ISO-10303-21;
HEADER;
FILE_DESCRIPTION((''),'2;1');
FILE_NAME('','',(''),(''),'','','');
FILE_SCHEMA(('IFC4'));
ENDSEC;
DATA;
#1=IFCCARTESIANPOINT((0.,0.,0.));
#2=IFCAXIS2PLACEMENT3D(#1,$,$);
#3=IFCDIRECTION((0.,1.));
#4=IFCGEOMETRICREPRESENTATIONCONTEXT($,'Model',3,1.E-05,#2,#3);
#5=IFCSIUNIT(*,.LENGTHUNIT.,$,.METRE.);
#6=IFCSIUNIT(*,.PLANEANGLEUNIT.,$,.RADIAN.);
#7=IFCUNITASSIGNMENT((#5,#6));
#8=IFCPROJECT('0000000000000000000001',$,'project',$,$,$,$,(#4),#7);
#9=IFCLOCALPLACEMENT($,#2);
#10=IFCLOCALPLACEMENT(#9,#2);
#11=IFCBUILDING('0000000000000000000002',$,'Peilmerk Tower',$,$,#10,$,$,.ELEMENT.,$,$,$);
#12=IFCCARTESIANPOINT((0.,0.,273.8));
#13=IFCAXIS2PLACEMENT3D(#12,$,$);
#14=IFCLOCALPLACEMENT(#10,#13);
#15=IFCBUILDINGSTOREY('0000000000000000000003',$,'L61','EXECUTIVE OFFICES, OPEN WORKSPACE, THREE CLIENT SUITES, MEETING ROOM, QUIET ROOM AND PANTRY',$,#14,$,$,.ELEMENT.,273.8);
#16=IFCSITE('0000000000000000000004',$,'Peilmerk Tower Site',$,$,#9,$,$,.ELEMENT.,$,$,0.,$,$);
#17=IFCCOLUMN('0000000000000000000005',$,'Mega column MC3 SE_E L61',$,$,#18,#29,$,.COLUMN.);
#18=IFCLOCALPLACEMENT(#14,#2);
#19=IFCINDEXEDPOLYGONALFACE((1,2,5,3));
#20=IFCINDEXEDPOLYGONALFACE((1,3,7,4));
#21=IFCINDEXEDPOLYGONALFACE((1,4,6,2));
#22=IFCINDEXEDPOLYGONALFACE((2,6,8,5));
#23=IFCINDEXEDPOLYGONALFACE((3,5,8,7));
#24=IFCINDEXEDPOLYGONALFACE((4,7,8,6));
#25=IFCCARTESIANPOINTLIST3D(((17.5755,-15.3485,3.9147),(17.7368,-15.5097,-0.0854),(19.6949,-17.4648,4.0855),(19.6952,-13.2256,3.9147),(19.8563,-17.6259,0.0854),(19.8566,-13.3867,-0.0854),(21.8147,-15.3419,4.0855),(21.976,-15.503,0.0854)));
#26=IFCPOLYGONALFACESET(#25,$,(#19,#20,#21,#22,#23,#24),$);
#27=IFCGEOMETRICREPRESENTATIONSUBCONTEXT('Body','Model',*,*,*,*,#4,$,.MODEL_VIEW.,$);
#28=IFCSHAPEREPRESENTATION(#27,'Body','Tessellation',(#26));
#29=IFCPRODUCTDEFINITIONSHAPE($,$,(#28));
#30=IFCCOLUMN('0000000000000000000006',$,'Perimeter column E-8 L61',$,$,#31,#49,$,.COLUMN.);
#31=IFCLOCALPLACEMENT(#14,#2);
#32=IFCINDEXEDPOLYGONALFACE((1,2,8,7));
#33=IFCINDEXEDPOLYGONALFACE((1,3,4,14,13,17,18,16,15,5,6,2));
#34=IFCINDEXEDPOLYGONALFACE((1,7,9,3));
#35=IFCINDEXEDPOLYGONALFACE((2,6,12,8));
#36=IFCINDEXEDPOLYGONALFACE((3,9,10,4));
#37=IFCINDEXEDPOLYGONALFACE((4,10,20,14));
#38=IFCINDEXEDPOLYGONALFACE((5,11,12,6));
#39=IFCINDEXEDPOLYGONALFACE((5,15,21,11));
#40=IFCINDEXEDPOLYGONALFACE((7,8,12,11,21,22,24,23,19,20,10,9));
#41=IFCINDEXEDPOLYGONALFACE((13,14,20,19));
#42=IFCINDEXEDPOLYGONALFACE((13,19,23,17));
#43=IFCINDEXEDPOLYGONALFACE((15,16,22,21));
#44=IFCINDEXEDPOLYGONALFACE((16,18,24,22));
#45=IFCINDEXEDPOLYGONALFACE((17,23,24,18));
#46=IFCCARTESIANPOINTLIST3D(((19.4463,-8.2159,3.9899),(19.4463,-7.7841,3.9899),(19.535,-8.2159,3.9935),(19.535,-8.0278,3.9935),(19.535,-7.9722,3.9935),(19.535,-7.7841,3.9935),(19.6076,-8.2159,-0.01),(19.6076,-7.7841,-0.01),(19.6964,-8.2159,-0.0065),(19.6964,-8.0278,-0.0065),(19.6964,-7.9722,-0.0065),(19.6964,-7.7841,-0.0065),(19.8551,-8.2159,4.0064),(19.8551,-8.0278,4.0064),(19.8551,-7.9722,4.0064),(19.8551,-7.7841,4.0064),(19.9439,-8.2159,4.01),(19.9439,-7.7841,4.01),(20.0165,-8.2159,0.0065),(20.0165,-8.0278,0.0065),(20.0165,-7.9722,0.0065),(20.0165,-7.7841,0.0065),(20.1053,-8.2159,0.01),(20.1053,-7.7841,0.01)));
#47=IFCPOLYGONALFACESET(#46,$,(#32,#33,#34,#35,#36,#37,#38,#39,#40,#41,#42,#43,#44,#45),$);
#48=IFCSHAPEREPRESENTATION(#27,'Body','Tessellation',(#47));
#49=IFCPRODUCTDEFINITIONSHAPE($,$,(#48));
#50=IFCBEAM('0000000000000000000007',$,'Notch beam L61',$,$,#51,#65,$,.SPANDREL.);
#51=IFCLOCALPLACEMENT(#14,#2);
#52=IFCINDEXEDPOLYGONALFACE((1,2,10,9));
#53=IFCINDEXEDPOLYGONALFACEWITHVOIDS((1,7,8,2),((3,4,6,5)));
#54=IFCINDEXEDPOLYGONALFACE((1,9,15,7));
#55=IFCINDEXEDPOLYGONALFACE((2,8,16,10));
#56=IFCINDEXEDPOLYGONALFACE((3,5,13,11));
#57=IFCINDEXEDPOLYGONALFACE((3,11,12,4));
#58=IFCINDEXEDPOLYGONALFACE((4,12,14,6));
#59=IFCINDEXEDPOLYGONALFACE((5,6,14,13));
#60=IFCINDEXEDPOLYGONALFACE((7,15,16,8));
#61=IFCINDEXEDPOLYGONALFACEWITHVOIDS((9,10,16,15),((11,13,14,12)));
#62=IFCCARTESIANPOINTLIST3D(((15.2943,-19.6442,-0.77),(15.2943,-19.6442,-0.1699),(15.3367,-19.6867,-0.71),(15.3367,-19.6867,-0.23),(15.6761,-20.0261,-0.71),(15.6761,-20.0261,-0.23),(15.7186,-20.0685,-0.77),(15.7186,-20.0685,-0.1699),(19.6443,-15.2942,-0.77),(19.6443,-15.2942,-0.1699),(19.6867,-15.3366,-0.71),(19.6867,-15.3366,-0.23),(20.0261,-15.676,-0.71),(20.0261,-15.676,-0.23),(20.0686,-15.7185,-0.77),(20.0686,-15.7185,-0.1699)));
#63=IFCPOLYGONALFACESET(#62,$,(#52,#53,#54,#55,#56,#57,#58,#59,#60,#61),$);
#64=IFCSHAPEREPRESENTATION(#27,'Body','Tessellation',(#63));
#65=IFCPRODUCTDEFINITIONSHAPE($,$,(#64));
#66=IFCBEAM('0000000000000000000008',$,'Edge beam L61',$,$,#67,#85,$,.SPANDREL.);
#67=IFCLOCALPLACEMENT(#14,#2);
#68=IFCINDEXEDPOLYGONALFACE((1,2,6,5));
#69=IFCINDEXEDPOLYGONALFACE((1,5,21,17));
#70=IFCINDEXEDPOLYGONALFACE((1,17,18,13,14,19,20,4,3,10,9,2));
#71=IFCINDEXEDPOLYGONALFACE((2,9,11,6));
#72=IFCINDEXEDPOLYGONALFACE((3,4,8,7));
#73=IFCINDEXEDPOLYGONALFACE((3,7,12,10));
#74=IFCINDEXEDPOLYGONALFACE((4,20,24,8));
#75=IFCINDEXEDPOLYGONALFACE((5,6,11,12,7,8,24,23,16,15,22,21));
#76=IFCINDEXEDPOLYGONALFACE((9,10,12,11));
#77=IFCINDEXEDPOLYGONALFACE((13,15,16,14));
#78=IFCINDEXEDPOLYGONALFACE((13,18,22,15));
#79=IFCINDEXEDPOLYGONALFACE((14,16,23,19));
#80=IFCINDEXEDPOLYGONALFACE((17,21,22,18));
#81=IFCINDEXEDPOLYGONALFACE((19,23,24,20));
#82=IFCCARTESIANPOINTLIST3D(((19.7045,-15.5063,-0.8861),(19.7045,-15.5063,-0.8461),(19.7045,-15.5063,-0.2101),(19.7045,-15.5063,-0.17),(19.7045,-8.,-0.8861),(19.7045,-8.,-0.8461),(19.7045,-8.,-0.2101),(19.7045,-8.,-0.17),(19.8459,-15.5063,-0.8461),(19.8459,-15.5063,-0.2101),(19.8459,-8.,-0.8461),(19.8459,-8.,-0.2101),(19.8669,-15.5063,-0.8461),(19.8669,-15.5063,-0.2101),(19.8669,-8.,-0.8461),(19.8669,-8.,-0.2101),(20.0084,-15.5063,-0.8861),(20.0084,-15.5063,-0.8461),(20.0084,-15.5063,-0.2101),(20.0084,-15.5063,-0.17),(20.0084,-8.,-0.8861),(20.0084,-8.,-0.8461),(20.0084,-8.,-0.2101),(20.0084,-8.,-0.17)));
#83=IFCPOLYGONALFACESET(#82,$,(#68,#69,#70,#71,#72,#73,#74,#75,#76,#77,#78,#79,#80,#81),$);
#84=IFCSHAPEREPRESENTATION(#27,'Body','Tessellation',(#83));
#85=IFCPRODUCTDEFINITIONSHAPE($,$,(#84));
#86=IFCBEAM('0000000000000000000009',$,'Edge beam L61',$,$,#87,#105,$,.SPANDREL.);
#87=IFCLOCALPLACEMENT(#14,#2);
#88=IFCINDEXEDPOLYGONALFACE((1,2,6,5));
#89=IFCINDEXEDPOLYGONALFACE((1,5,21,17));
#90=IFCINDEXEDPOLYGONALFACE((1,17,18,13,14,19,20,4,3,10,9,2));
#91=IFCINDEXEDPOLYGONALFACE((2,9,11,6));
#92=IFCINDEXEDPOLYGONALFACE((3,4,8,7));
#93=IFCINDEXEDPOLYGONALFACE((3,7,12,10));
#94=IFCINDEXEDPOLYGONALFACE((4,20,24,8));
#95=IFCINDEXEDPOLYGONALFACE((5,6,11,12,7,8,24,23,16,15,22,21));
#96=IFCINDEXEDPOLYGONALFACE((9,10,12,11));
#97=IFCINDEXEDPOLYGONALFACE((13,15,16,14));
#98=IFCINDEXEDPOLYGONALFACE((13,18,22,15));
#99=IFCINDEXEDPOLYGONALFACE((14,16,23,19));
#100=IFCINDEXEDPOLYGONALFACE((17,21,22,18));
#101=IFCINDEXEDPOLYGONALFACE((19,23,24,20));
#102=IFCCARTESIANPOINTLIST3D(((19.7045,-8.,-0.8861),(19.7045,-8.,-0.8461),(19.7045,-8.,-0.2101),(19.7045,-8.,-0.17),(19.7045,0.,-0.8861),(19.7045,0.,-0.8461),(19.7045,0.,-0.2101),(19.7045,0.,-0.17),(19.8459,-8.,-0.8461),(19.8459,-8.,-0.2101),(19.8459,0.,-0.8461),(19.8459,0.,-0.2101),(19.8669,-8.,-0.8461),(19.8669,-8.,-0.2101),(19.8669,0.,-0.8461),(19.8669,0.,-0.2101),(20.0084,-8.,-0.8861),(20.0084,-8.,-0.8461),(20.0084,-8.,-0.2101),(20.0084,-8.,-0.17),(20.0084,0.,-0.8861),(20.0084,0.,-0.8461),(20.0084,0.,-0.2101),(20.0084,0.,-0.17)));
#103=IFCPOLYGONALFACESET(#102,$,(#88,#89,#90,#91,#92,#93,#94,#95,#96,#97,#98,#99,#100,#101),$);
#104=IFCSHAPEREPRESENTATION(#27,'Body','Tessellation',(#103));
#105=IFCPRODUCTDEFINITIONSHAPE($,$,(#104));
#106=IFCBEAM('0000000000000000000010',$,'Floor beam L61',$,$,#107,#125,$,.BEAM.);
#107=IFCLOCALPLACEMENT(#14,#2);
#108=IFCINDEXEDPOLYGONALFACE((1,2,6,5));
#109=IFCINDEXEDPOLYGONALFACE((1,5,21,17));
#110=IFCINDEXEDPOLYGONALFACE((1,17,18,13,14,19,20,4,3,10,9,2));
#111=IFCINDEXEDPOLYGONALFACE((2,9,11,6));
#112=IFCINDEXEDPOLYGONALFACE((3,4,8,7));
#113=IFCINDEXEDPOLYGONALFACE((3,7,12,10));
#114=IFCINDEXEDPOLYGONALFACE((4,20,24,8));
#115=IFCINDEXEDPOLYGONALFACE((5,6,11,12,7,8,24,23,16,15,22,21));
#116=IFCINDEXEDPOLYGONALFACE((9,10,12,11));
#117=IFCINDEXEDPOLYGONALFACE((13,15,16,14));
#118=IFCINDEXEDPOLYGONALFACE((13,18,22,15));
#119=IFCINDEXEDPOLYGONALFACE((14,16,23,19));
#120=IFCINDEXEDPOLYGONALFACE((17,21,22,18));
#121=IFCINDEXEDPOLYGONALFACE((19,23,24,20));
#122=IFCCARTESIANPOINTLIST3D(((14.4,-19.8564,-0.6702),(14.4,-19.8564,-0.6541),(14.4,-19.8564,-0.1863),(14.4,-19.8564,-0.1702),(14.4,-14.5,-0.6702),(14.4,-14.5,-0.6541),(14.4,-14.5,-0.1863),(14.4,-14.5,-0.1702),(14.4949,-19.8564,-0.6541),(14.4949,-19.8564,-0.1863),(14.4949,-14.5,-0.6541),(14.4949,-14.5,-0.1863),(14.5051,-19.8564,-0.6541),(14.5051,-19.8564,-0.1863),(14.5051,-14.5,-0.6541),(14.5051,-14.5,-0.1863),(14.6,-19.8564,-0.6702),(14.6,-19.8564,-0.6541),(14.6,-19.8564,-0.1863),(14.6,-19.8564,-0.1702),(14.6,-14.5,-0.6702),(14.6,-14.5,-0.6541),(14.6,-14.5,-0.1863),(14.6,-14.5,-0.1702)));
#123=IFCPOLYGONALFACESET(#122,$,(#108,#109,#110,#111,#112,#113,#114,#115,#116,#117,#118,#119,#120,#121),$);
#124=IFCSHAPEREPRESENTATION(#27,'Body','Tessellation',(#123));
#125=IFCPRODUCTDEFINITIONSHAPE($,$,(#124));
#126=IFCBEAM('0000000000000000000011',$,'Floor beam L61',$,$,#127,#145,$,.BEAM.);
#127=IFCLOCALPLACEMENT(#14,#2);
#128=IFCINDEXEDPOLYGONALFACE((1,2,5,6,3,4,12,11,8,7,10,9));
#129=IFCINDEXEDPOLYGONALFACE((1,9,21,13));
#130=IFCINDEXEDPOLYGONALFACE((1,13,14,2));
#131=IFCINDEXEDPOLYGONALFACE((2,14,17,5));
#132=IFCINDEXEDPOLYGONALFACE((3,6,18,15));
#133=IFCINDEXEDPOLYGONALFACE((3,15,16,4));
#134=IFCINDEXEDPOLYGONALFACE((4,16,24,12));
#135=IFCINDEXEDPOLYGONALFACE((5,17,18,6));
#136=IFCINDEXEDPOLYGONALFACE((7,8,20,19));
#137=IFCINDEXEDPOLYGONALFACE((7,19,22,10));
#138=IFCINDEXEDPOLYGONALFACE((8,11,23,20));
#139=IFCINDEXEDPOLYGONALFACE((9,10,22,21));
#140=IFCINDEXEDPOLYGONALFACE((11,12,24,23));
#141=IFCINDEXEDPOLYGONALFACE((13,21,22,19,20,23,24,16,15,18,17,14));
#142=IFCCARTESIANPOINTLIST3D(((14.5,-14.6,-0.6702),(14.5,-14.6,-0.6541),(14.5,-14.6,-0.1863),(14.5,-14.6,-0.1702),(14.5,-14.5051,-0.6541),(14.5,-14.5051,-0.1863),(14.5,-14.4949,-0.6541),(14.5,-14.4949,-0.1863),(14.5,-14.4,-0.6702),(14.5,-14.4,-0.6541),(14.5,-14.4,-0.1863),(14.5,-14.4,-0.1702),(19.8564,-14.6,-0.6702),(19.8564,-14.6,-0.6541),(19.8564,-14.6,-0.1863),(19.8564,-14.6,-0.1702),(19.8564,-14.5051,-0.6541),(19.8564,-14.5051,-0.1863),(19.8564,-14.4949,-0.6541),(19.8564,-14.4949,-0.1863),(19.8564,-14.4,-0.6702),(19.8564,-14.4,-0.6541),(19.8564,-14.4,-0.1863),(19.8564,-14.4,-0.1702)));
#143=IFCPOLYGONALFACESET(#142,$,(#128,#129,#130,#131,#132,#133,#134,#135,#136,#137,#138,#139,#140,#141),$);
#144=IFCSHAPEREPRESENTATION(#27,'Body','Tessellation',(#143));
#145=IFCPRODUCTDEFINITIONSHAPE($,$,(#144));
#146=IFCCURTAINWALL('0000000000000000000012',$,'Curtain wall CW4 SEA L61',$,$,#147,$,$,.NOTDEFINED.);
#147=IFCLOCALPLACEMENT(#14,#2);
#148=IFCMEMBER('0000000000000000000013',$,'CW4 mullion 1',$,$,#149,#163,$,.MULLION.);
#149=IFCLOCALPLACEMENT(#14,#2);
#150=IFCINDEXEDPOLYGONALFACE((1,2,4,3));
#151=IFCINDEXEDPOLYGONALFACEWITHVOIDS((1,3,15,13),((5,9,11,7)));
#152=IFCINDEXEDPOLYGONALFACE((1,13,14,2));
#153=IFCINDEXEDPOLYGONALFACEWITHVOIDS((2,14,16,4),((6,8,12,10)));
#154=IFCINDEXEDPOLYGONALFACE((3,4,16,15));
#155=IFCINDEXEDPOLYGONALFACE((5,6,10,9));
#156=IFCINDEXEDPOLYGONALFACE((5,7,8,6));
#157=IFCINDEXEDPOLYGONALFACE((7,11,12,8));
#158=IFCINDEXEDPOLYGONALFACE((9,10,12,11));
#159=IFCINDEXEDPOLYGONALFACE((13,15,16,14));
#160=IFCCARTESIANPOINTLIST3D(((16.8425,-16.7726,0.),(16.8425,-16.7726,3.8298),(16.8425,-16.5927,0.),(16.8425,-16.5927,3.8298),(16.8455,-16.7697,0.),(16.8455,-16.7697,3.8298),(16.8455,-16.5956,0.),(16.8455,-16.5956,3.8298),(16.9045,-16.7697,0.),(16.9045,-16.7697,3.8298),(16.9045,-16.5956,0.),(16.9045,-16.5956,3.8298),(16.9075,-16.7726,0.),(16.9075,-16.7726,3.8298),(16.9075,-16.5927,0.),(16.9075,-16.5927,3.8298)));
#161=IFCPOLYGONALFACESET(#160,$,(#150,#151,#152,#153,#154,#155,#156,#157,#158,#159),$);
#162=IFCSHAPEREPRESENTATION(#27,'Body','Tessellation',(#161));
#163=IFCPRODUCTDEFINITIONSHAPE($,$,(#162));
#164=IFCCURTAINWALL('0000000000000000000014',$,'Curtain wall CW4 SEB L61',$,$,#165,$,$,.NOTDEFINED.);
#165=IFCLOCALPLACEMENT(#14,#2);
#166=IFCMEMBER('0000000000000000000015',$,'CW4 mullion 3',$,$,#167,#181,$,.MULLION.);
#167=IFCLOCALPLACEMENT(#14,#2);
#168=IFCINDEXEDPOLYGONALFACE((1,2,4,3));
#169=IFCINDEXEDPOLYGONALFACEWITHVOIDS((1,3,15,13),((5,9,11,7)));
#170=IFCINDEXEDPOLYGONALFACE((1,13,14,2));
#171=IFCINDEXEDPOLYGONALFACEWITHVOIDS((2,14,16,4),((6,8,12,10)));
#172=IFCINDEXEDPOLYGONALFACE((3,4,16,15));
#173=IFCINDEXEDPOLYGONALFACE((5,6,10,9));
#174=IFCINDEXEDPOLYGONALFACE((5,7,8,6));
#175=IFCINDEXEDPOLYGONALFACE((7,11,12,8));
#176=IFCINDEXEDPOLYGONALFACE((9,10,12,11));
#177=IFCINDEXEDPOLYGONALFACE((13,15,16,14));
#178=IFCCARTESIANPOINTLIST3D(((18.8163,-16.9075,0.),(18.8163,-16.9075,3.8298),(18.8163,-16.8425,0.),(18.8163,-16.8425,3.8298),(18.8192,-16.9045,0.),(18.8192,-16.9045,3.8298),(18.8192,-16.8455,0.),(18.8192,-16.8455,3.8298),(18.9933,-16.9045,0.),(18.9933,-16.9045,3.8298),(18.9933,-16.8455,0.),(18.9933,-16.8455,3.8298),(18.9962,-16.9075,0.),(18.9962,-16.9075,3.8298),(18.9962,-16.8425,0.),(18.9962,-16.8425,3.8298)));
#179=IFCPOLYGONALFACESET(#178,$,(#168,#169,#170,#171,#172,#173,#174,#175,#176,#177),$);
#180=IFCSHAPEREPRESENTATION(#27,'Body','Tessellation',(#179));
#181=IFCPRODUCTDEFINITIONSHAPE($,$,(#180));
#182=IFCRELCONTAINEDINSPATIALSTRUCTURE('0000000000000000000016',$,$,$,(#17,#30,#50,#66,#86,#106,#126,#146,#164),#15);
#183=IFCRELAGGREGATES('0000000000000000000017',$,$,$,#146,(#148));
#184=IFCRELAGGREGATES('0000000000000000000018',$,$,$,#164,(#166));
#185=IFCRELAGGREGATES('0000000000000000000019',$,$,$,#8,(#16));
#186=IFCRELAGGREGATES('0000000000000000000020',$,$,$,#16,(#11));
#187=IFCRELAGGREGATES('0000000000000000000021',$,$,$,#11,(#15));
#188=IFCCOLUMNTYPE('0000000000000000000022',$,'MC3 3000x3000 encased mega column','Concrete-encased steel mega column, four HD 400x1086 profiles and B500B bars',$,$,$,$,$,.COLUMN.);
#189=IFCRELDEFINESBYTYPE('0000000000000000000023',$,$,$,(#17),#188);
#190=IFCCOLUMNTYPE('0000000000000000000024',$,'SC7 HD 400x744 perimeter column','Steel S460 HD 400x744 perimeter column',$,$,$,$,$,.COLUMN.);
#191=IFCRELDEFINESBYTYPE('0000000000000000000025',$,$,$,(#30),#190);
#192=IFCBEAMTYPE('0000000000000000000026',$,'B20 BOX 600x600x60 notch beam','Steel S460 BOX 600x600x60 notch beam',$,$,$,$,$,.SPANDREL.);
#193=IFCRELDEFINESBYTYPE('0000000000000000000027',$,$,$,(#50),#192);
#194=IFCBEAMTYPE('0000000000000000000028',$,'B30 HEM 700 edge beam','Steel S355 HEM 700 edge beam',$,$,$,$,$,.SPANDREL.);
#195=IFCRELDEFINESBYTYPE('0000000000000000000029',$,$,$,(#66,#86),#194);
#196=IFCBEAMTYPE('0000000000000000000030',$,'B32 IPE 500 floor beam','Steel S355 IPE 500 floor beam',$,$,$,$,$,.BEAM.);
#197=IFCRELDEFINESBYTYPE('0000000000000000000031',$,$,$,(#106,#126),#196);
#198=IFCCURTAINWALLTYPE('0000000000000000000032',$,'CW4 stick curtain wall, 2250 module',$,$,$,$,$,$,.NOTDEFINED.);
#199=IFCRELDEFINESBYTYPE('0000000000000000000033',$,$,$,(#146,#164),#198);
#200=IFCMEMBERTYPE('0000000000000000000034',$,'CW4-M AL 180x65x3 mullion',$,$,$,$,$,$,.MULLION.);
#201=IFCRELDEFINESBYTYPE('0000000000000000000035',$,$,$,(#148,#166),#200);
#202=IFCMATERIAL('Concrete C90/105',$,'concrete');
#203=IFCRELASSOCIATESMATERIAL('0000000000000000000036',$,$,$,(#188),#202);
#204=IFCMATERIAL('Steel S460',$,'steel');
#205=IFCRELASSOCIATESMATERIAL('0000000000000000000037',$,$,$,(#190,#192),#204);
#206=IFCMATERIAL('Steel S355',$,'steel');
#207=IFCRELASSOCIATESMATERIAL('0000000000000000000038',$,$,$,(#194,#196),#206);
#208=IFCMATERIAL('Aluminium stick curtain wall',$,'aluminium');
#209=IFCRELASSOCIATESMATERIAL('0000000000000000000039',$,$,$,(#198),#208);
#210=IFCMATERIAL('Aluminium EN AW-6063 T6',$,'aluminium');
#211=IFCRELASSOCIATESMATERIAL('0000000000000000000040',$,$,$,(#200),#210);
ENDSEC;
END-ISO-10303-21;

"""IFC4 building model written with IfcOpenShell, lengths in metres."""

from ifc_helpers import new_model, si_unit, direction, frame, origin, origin_2d, place, context, subcontext, project, spatial, rectangle, hollow_rectangle, i_section, extrude, material, material_profile, profile_set, type_object, element, aggregate, save


model = new_model("IFC4")

# Units and contexts
model_context = context("Model", 3, precision=1e-05, world=origin(), true_north=direction((0.0, 1.0)))
body_context = subcontext(model_context, "Body", "Model", "MODEL_VIEW")
ifc_project = project(units=[si_unit("LENGTHUNIT", "METRE"), si_unit("PLANEANGLEUNIT", "RADIAN")], contexts=[model_context])

# Site, building, storey
site_placement = place(None, origin())
site = spatial("IfcSite", under=ifc_project, at=site_placement, Name="Peilmerk Tower Site", CompositionType="ELEMENT", RefElevation=0.0)
building_placement = place(site_placement, origin())
building = spatial("IfcBuilding", under=site, at=building_placement, Name="Peilmerk Tower", CompositionType="ELEMENT")
storey_placement = place(building_placement, frame((0.0, 0.0, 273.8)))
storey = spatial("IfcBuildingStorey", under=building, at=storey_placement, Name="L61", Description="EXECUTIVE OFFICES, OPEN WORKSPACE, THREE CLIENT SUITES, MEETING ROOM, QUIET ROOM AND PANTRY", CompositionType="ELEMENT", Elevation=273.8)

# Columns
ifc_material_1 = material(Name="Concrete C90/105", Category="concrete")
ifc_material_profile_1 = material_profile(ifc_material_1, rectangle(XDim=3.0, YDim=3.0, at=origin_2d()), Name="RC 3000x3000")
ifc_profile_set_1 = profile_set([ifc_material_profile_1], Name="Concrete C90/105")
column_type_1 = type_object("IfcColumnType", Name="MC3 3000x3000 encased mega column", Description="Concrete-encased steel mega column, four HD 400x1086 profiles and B500B bars", PredefinedType="COLUMN", material=ifc_profile_set_1)
column_1_placement = place(storey_placement, frame((19.8564, -15.5063, 0.0), z_axis=(-0.040279, 0.040218, 0.998379), x_axis=(-0.706571, -0.707642, 0.0)))
element("IfcColumn", 1, at=column_1_placement, inside=storey, type_object=column_type_1, Name="Mega column MC3 SE_E L61", PredefinedType="COLUMN", context=body_context, shape_type="SweptSolid", body=[
    extrude(rectangle(XDim=3.0, YDim=3.0, at=origin_2d()), origin(), (0.0, 0.0, 1.0), 4.0066),
])
ifc_material_2 = material(Name="Steel S460", Category="steel")
ifc_material_profile_2 = material_profile(ifc_material_2, i_section(OverallWidth=0.4319, OverallDepth=0.498, WebThickness=0.0557, FlangeThickness=0.0889, at=origin_2d()), Name="HD 400x744")
ifc_profile_set_2 = profile_set([ifc_material_profile_2], Name="Steel S460")
column_type_2 = type_object("IfcColumnType", Name="SC7 HD 400x744 perimeter column", Description="Steel S460 HD 400x744 perimeter column", PredefinedType="COLUMN", material=ifc_profile_set_2)
column_2_placement = place(storey_placement, frame((19.8564, -8.0, 0.0), z_axis=(-0.040311, 0.0, 0.999187), x_axis=(0.0, -1.0, 0.0)))
element("IfcColumn", 2, at=column_2_placement, inside=storey, type_object=column_type_2, Name="Perimeter column E-8 L61", PredefinedType="COLUMN", context=body_context, shape_type="SweptSolid", body=[
    extrude(i_section(OverallWidth=0.4319, OverallDepth=0.498, WebThickness=0.0557, FlangeThickness=0.0889, at=origin_2d()), origin(), (0.0, 0.0, 1.0), 4.0032),
])

# Beams
ifc_material_profile_3 = material_profile(ifc_material_2, hollow_rectangle(XDim=0.6001, YDim=0.6001, WallThickness=0.0601, at=origin_2d()), Name="BOX 600x600x60")
ifc_profile_set_3 = profile_set([ifc_material_profile_3], Name="Steel S460")
beam_type_1 = type_object("IfcBeamType", Name="B20 BOX 600x600x60 notch beam", Description="Steel S460 BOX 600x600x60 notch beam", PredefinedType="SPANDREL", material=ifc_profile_set_3)
beam_1_placement = place(storey_placement, frame((19.8564, -15.5063, -0.47), z_axis=(-0.707107, -0.707107, 0.0), x_axis=(0.707107, -0.707107, 0.0)))
element("IfcBeam", 3, at=beam_1_placement, inside=storey, type_object=beam_type_1, Name="Notch beam L61", PredefinedType="SPANDREL", context=body_context, shape_type="SweptSolid", body=[
    extrude(hollow_rectangle(XDim=0.6001, YDim=0.6001, WallThickness=0.0601, at=origin_2d()), origin(), (0.0, 0.0, 1.0), 6.1519),
])
ifc_material_3 = material(Name="Steel S355", Category="steel")
ifc_material_profile_4 = material_profile(ifc_material_3, i_section(OverallWidth=0.304, OverallDepth=0.7161, WebThickness=0.021, FlangeThickness=0.04, at=origin_2d()), Name="HEM 700")
ifc_profile_set_4 = profile_set([ifc_material_profile_4], Name="Steel S355")
beam_type_2 = type_object("IfcBeamType", Name="B30 HEM 700 edge beam", Description="Steel S355 HEM 700 edge beam", PredefinedType="SPANDREL", material=ifc_profile_set_4)
beam_2_placement = place(storey_placement, frame((19.8564, -15.5063, -0.5281), z_axis=(0.0, 1.0, 0.0), x_axis=(-1.0, 0.0, 0.0)))
element("IfcBeam", 4, at=beam_2_placement, inside=storey, type_object=beam_type_2, Name="Edge beam L61", PredefinedType="SPANDREL", context=body_context, shape_type="SweptSolid", body=[
    extrude(i_section(OverallWidth=0.304, OverallDepth=0.7161, WebThickness=0.021, FlangeThickness=0.04, at=origin_2d()), origin(), (0.0, 0.0, 1.0), 7.5063),
])
beam_3_placement = place(storey_placement, frame((19.8564, -8.0, -0.5281), z_axis=(0.0, 1.0, 0.0), x_axis=(-1.0, 0.0, 0.0)))
element("IfcBeam", 5, at=beam_3_placement, inside=storey, type_object=beam_type_2, Name="Edge beam L61", PredefinedType="SPANDREL", context=body_context, shape_type="SweptSolid", body=[
    extrude(i_section(OverallWidth=0.304, OverallDepth=0.7161, WebThickness=0.021, FlangeThickness=0.04, at=origin_2d()), origin(), (0.0, 0.0, 1.0), 8.0),
])
ifc_material_profile_5 = material_profile(ifc_material_3, i_section(OverallWidth=0.2, OverallDepth=0.5, WebThickness=0.0103, FlangeThickness=0.0161, at=origin_2d()), Name="IPE 500")
ifc_profile_set_5 = profile_set([ifc_material_profile_5], Name="Steel S355")
beam_type_3 = type_object("IfcBeamType", Name="B32 IPE 500 floor beam", Description="Steel S355 IPE 500 floor beam", PredefinedType="BEAM", material=ifc_profile_set_5)
for number, where, z_axis, x_axis, name in (
    (6, (14.5, -14.5, -0.4202), (0.0, -1.0, 0.0), (1.0, 0.0, 0.0), "Floor beam L61"),
    (7, (14.5, -14.5, -0.4202), (1.0, 0.0, 0.0), (0.0, 1.0, 0.0), "Floor beam L61"),
):
    element("IfcBeam", number, at=place(storey_placement, frame(where, z_axis=z_axis, x_axis=x_axis)), inside=storey, type_object=beam_type_3, Name=name, PredefinedType="BEAM", context=body_context, shape_type="SweptSolid", body=[
        extrude(i_section(OverallWidth=0.2, OverallDepth=0.5, WebThickness=0.0103, FlangeThickness=0.0161, at=origin_2d()), origin(), (0.0, 0.0, 1.0), 5.3564),
    ])

# Curtain walls, members
ifc_material_4 = material(Name="Aluminium stick curtain wall", Category="aluminium")
curtain_wall_type = type_object("IfcCurtainWallType", Name="CW4 stick curtain wall, 2250 module", PredefinedType="NOTDEFINED", material=ifc_material_4)
curtain_wall_1_placement = place(storey_placement, origin())
curtain_wall_1 = element("IfcCurtainWall", 8, at=curtain_wall_1_placement, inside=storey, type_object=curtain_wall_type, Name="Curtain wall CW4 SEA L61", PredefinedType="NOTDEFINED")
ifc_material_5 = material(Name="Aluminium EN AW-6063 T6", Category="aluminium")
ifc_material_profile_6 = material_profile(ifc_material_5, hollow_rectangle(XDim=0.0649, YDim=0.1799, WallThickness=0.0029, at=origin_2d()), Name="AL 180x65x3")
ifc_profile_set_6 = profile_set([ifc_material_profile_6], Name="Aluminium EN AW-6063 T6")
member_type_1 = type_object("IfcMemberType", Name="CW4-M AL 180x65x3 mullion", PredefinedType="MULLION", material=ifc_profile_set_6)
member_1_placement = place(storey_placement, frame((16.875, -16.6826, 0.0), z_axis=(0.0, 0.0, 1.0), x_axis=(1.0, 0.0, 0.0)))
member_1 = element("IfcMember", 9, at=member_1_placement, type_object=member_type_1, Name="CW4 mullion 1", PredefinedType="MULLION", context=body_context, shape_type="SweptSolid", body=[
    extrude(hollow_rectangle(XDim=0.0649, YDim=0.1799, WallThickness=0.0029, at=origin_2d()), origin(), (0.0, 0.0, 1.0), 3.8298),
])
curtain_wall_2_placement = place(storey_placement, origin())
curtain_wall_2 = element("IfcCurtainWall", 10, at=curtain_wall_2_placement, inside=storey, type_object=curtain_wall_type, Name="Curtain wall CW4 SEB L61", PredefinedType="NOTDEFINED")
member_2_placement = place(storey_placement, frame((18.9062, -16.875, 0.0), z_axis=(0.0, 0.0, 1.0), x_axis=(0.0, 1.0, 0.0)))
member_2 = element("IfcMember", 11, at=member_2_placement, type_object=member_type_1, Name="CW4 mullion 3", PredefinedType="MULLION", context=body_context, shape_type="SweptSolid", body=[
    extrude(hollow_rectangle(XDim=0.0649, YDim=0.1799, WallThickness=0.0029, at=origin_2d()), origin(), (0.0, 0.0, 1.0), 3.8298),
])

aggregate(curtain_wall_1, [member_1])

aggregate(curtain_wall_2, [member_2])

save(model, "model.ifc")
